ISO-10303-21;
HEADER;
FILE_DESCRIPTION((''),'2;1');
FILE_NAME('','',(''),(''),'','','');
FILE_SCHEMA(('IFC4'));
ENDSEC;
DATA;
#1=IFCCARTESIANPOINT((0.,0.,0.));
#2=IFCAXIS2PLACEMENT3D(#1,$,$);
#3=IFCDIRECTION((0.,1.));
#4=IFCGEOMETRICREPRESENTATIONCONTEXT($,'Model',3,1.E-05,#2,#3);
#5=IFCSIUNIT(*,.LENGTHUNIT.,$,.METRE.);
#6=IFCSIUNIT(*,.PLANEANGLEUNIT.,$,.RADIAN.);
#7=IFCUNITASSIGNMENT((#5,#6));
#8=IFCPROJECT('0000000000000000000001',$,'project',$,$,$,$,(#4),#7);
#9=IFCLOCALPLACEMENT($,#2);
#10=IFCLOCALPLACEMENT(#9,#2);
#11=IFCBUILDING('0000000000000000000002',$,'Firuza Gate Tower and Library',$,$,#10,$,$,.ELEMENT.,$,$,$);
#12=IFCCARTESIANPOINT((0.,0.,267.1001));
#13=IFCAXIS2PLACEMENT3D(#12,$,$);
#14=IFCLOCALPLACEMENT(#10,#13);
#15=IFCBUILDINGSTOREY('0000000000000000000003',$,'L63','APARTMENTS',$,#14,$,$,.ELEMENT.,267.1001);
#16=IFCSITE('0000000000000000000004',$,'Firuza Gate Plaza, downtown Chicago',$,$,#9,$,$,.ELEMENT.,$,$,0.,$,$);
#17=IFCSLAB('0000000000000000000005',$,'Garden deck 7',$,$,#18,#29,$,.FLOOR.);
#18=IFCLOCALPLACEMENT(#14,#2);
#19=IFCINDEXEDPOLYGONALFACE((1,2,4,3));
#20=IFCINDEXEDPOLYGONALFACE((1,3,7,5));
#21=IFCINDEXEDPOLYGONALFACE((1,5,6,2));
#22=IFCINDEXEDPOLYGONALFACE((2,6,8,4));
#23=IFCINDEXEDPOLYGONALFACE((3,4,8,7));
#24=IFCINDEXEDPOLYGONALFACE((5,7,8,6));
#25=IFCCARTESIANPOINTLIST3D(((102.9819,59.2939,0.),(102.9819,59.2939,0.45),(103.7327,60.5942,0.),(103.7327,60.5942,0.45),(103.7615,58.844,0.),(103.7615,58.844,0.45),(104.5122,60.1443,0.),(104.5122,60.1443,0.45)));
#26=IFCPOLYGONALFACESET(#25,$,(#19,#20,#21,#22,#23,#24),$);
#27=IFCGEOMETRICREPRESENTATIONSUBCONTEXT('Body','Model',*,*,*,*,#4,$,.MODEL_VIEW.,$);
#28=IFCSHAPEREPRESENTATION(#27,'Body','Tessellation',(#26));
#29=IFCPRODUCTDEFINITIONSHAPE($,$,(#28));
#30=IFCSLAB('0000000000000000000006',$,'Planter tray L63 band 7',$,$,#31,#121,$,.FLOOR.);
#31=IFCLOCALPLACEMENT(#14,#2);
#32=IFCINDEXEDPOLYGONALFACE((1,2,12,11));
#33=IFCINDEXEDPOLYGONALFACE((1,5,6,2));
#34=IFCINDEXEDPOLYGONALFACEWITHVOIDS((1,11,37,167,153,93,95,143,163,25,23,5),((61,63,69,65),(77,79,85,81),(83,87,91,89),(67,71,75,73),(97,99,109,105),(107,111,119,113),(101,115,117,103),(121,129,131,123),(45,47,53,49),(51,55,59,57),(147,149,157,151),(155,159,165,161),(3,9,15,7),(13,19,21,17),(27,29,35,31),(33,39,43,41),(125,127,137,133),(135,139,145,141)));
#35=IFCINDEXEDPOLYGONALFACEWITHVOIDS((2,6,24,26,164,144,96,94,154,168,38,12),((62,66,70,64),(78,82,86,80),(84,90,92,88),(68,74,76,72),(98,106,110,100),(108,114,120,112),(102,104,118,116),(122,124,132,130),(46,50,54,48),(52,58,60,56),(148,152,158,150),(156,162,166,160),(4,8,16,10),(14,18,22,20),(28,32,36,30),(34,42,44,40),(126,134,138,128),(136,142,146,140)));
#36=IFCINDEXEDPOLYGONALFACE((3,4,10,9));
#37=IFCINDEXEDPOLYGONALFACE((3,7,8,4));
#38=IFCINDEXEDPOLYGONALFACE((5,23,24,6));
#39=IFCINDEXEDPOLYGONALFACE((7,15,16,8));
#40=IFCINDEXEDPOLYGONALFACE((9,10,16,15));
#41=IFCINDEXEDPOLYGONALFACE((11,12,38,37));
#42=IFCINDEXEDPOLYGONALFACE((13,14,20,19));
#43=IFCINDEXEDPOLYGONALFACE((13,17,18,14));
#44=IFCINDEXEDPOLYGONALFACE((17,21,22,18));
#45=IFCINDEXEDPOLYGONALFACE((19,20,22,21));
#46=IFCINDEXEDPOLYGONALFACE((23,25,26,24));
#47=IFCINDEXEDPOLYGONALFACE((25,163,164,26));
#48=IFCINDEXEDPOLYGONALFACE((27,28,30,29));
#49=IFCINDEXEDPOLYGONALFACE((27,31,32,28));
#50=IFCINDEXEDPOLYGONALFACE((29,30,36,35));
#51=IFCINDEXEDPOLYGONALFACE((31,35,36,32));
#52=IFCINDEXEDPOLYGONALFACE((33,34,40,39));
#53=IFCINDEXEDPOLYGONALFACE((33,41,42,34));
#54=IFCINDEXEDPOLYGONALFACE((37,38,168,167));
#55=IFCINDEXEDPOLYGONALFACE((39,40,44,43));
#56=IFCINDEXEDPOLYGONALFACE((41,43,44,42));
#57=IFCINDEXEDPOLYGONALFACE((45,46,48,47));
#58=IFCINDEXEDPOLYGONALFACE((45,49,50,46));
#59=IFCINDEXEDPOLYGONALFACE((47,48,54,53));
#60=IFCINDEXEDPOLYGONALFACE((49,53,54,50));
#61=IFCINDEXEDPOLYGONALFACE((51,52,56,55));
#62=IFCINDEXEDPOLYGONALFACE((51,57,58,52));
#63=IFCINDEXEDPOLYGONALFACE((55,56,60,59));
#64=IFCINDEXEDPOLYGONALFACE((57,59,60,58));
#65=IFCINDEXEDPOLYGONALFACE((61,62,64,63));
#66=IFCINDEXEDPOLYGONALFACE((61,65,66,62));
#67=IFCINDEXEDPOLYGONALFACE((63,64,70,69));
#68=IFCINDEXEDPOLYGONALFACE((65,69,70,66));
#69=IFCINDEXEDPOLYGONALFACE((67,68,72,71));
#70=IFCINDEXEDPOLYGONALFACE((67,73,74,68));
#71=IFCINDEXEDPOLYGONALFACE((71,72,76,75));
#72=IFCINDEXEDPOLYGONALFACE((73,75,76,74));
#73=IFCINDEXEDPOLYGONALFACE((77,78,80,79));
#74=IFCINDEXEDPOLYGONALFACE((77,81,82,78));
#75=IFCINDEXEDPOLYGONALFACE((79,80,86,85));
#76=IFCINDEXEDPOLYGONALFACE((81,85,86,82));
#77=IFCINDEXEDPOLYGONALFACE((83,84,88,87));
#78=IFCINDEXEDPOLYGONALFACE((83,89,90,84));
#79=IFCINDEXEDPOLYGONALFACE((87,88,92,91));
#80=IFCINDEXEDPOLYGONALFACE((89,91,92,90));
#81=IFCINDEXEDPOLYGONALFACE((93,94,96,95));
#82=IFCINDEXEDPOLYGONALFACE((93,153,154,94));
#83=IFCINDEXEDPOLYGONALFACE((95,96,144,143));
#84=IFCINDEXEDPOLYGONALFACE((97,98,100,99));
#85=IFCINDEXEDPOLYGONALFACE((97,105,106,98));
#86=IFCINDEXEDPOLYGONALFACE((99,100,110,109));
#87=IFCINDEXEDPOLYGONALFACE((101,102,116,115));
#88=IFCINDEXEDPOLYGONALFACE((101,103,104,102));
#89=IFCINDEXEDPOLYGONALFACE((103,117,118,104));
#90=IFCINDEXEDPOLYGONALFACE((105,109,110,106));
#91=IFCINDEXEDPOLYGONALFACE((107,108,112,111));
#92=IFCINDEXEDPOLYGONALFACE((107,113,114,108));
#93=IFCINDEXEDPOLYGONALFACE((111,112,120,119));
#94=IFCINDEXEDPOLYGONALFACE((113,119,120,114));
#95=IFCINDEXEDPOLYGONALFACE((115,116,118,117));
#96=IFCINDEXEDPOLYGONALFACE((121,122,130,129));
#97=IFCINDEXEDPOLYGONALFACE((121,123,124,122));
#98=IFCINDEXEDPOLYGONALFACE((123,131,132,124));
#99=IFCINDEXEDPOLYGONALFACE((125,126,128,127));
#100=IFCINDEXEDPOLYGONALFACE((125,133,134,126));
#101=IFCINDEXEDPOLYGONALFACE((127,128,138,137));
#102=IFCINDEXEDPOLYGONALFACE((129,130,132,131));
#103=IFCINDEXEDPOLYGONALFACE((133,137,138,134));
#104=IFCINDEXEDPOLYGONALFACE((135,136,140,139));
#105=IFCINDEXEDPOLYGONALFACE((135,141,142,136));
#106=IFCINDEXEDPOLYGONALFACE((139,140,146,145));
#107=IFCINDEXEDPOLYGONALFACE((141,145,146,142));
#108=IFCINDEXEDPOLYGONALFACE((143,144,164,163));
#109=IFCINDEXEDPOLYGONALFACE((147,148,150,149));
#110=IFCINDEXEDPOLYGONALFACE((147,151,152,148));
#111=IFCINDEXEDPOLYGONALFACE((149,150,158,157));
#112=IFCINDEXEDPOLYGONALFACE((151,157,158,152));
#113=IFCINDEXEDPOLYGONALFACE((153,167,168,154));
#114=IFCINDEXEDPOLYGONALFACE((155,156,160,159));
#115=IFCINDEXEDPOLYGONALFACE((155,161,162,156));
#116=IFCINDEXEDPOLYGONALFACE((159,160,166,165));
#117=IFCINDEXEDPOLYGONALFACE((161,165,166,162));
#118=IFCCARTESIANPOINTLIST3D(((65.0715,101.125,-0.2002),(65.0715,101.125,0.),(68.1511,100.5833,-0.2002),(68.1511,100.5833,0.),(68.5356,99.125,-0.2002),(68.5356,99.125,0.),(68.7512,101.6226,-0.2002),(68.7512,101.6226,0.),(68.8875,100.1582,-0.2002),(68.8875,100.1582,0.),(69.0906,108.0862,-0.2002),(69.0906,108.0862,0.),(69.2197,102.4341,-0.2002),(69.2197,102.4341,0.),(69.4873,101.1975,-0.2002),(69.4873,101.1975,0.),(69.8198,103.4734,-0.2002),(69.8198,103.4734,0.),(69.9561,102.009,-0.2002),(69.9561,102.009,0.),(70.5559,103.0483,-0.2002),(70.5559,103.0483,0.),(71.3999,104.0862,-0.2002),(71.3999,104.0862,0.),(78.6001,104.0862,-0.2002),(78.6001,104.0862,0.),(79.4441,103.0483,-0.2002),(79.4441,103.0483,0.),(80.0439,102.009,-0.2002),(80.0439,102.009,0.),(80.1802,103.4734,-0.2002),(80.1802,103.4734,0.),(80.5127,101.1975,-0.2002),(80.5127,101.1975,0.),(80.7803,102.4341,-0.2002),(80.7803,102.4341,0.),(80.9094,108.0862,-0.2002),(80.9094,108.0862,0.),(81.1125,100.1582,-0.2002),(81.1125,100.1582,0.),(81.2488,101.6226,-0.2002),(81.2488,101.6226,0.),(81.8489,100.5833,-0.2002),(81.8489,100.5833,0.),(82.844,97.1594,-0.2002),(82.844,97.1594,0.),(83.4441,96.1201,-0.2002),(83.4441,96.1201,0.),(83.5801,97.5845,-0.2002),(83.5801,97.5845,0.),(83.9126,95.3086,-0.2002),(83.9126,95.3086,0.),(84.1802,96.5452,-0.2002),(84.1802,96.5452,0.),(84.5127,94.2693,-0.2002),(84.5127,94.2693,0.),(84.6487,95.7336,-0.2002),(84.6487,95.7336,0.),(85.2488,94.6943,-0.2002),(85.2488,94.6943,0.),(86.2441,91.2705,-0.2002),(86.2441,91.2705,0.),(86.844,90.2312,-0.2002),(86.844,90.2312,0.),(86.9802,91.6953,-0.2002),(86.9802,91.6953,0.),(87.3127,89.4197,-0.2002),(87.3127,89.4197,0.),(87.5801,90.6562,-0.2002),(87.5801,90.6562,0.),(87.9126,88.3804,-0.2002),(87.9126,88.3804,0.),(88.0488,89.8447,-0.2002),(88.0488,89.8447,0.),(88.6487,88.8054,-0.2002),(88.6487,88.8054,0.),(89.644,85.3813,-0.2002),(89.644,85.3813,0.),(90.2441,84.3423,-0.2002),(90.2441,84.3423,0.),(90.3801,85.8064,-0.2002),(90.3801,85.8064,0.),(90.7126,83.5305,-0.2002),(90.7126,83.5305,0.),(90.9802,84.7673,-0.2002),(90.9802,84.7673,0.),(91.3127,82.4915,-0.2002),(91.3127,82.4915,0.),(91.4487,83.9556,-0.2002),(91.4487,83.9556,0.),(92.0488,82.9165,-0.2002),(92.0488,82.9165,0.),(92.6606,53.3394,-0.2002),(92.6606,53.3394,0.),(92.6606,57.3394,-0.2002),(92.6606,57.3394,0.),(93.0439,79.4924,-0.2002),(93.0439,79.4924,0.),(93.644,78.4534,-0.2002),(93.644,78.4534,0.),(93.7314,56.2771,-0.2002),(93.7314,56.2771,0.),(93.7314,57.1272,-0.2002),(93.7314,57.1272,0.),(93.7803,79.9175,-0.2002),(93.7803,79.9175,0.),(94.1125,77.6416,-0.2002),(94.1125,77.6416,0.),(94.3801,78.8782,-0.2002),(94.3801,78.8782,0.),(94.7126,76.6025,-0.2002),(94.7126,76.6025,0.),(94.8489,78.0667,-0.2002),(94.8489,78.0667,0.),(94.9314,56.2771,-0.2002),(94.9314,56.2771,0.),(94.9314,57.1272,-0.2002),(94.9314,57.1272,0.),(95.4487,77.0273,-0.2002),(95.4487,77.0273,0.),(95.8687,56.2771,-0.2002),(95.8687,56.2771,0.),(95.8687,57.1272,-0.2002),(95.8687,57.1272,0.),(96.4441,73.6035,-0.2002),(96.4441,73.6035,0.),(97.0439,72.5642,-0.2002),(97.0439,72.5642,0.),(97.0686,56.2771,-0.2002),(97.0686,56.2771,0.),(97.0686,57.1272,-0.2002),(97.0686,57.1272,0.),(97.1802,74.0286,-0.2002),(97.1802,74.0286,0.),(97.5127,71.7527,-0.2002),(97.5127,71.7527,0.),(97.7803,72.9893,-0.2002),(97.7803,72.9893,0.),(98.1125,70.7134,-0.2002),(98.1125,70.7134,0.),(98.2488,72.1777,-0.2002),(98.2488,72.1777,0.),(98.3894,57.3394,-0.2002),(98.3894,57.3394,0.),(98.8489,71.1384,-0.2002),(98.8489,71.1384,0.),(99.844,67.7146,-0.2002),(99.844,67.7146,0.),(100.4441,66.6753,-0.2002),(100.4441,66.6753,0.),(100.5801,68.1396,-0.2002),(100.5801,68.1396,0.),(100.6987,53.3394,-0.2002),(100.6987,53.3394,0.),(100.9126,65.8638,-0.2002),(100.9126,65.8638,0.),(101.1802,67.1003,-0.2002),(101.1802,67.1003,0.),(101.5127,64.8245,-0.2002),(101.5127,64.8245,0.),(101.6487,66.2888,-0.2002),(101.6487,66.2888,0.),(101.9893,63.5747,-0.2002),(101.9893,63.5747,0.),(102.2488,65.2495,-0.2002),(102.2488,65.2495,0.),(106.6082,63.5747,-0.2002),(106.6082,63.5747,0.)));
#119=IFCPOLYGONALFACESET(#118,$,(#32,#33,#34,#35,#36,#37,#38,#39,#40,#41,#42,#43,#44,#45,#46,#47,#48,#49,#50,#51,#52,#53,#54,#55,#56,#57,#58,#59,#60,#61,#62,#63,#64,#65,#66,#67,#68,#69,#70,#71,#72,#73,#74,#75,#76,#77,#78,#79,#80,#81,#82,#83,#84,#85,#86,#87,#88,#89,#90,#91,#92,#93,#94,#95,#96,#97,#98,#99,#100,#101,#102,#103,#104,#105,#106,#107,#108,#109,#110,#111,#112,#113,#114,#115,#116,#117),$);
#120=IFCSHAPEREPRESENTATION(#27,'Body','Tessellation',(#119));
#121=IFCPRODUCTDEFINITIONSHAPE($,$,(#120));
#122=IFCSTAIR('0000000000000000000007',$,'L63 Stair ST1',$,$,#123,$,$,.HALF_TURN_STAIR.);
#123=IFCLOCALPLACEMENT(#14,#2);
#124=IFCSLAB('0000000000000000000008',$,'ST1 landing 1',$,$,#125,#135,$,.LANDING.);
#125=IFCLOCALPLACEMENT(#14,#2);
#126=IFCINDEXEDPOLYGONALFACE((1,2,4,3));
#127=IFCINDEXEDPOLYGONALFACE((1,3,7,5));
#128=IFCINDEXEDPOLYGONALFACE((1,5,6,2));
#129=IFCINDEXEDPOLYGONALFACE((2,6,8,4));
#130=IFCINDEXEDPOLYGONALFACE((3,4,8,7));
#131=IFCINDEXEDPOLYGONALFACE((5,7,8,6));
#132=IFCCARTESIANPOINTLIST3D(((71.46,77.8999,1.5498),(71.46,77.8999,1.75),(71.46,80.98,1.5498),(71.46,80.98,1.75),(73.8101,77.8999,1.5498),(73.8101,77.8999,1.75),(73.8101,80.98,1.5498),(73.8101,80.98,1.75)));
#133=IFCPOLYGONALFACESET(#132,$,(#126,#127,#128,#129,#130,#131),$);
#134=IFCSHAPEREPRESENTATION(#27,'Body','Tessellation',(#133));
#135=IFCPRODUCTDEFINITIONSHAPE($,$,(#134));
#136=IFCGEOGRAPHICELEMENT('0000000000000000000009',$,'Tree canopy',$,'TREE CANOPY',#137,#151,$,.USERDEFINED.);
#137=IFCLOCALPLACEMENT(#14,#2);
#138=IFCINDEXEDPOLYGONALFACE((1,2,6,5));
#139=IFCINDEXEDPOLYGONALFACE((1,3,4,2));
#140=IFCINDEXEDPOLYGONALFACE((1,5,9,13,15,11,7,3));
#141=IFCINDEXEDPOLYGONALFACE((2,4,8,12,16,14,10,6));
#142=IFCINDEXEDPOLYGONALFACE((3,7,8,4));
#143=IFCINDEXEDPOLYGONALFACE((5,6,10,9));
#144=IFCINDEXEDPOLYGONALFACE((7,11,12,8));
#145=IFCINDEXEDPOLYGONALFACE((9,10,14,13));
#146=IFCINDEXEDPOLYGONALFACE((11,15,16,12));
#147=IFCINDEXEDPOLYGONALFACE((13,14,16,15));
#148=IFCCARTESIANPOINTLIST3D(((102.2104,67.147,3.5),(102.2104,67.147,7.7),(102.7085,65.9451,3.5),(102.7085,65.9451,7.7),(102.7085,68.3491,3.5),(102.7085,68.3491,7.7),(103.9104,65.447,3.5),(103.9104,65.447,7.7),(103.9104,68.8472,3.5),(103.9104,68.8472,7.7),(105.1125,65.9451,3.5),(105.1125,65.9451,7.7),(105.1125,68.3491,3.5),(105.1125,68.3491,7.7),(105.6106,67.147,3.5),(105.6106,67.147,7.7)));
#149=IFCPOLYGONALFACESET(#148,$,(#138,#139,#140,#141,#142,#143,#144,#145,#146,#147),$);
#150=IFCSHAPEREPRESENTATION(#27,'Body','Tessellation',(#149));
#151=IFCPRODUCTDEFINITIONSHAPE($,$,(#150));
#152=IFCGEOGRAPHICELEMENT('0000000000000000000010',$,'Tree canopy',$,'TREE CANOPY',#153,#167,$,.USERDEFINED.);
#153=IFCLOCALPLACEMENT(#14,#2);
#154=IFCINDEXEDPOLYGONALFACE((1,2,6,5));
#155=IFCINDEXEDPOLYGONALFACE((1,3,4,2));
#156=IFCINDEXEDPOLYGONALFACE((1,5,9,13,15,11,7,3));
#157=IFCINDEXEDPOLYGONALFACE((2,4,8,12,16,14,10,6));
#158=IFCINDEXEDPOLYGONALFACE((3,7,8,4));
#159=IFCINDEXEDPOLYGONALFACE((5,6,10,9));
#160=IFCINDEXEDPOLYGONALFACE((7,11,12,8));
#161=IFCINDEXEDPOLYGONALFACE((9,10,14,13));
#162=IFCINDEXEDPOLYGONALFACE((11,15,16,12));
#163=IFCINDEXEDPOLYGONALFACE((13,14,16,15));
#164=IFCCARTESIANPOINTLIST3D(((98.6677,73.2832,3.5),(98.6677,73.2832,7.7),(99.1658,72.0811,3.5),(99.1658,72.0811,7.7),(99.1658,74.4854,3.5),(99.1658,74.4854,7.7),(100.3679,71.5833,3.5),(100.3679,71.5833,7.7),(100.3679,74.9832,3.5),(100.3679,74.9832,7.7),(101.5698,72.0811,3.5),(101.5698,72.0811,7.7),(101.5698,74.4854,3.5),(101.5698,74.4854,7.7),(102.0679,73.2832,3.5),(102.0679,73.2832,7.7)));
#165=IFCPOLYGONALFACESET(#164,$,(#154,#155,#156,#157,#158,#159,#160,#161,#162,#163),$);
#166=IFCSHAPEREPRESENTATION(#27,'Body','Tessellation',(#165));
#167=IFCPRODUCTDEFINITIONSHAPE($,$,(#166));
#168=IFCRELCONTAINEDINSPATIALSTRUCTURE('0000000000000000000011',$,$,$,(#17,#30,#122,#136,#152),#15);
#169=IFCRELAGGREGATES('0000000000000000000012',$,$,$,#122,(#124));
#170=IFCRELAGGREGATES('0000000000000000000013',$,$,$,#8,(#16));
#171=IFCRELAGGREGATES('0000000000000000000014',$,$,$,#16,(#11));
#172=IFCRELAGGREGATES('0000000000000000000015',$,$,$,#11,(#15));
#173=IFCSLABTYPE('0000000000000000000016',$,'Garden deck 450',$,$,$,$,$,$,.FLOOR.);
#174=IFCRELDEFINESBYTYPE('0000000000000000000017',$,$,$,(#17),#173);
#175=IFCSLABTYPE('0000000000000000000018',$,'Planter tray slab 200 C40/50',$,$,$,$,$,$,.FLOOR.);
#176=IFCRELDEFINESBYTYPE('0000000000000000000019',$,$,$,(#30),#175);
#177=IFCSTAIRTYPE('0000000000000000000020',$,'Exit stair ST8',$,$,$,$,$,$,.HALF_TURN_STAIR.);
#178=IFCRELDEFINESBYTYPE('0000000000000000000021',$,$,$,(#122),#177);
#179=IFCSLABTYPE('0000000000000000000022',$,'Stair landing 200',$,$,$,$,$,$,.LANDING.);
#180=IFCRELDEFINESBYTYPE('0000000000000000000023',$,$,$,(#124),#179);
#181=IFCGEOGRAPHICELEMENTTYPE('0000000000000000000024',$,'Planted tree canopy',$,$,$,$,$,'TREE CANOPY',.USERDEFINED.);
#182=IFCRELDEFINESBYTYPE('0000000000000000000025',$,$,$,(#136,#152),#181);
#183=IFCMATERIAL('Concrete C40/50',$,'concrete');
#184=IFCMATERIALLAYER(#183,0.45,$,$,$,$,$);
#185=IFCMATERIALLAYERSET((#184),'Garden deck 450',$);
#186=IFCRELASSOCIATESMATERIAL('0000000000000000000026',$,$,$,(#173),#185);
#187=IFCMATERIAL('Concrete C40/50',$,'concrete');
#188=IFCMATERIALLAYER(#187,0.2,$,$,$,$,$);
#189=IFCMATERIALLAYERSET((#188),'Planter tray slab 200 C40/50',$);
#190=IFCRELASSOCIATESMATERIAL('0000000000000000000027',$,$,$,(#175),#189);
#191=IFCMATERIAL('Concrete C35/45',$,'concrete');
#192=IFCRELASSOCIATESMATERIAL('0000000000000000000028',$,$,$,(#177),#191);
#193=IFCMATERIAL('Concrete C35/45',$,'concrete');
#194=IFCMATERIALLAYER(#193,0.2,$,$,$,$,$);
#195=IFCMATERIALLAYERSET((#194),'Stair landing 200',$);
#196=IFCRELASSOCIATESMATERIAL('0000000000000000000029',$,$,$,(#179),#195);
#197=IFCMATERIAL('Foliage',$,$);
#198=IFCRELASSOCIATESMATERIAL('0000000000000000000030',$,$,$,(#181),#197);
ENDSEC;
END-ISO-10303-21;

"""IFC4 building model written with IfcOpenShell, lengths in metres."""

from ifc_helpers import new_model, si_unit, direction, frame, origin, place, context, subcontext, project, spatial, polyline, outline, extrude, material, layer, layer_set, type_object, element, aggregate, save


model = new_model("IFC4")

# Units and contexts
model_context = context("Model", 3, precision=1e-05, world=origin(), true_north=direction((0.0, 1.0)))
body_context = subcontext(model_context, "Body", "Model", "MODEL_VIEW")
ifc_project = project(units=[si_unit("LENGTHUNIT", "METRE"), si_unit("PLANEANGLEUNIT", "RADIAN")], contexts=[model_context])

# Site, building, storey
site_placement = place(None, origin())
site = spatial("IfcSite", under=ifc_project, at=site_placement, Name="Firuza Gate Plaza, downtown Chicago", CompositionType="ELEMENT", RefElevation=0.0)
building_placement = place(site_placement, origin())
building = spatial("IfcBuilding", under=site, at=building_placement, Name="Firuza Gate Tower and Library", CompositionType="ELEMENT")
storey_placement = place(building_placement, frame((0.0, 0.0, 267.1001)))
storey = spatial("IfcBuildingStorey", under=building, at=storey_placement, Name="L63", Description="APARTMENTS", CompositionType="ELEMENT", Elevation=267.1001)

# Shared definitions
placement_1 = place(storey_placement, frame((0.0, 0.0, 3.5)))

# Slabs
placement_2 = place(storey_placement, frame((0.0, 0.0, -0.2002)))
ifc_material_1 = material(Name="Concrete C40/50", Category="concrete")
ifc_layer_1 = layer(ifc_material_1, 0.45)
ifc_layer_set_1 = layer_set([ifc_layer_1], Name="Garden deck 450")
slab_type_1 = type_object("IfcSlabType", Name="Garden deck 450", PredefinedType="FLOOR", material=ifc_layer_set_1)
placement_3 = place(storey_placement, origin())
element("IfcSlab", 1, at=placement_3, inside=storey, type_object=slab_type_1, Name="Garden deck 7", PredefinedType="FLOOR", context=body_context, shape_type="SweptSolid", body=[
    extrude(outline(polyline([(103.7615, 58.844), (104.5122, 60.1443), (103.7327, 60.5942), (102.9819, 59.2939), (103.7615, 58.844)])), origin(), (0.0, 0.0, 1.0), 0.45),
])
ifc_material_2 = material(Name="Concrete C40/50", Category="concrete")
ifc_layer_2 = layer(ifc_material_2, 0.2)
ifc_layer_set_2 = layer_set([ifc_layer_2], Name="Planter tray slab 200 C40/50")
slab_type_2 = type_object("IfcSlabType", Name="Planter tray slab 200 C40/50", PredefinedType="FLOOR", material=ifc_layer_set_2)
element("IfcSlab", 2, at=placement_2, inside=storey, type_object=slab_type_2, Name="Planter tray L63 band 7", PredefinedType="FLOOR", context=body_context, shape_type="SweptSolid", body=[
    extrude(outline(polyline([(92.6606, 57.3394), (92.6606, 53.3394), (100.6987, 53.3394), (106.6082, 63.5747), (80.9094, 108.0862), (69.0906, 108.0862), (65.0715, 101.125), (68.5356, 99.125), (71.3999, 104.0862), (78.6001, 104.0862), (101.9893, 63.5747), (98.3894, 57.3394), (92.6606, 57.3394)]), holes=[polyline([(85.2488, 94.6943), (84.5127, 94.2693), (83.9126, 95.3086), (84.6487, 95.7336), (85.2488, 94.6943)]), polyline([(84.1802, 96.5452), (83.4441, 96.1201), (82.844, 97.1594), (83.5801, 97.5845), (84.1802, 96.5452)]), polyline([(69.4873, 101.1975), (68.8875, 100.1582), (68.1511, 100.5833), (68.7512, 101.6226), (69.4873, 101.1975)]), polyline([(81.1125, 100.1582), (80.5127, 101.1975), (81.2488, 101.6226), (81.8489, 100.5833), (81.1125, 100.1582)]), polyline([(69.8198, 103.4734), (70.5559, 103.0483), (69.9561, 102.009), (69.2197, 102.4341), (69.8198, 103.4734)]), polyline([(80.7803, 102.4341), (80.0439, 102.009), (79.4441, 103.0483), (80.1802, 103.4734), (80.7803, 102.4341)]), polyline([(93.7314, 57.1272), (94.9314, 57.1272), (94.9314, 56.2771), (93.7314, 56.2771), (93.7314, 57.1272)]), polyline([(95.8687, 56.2771), (95.8687, 57.1272), (97.0686, 57.1272), (97.0686, 56.2771), (95.8687, 56.2771)]), polyline([(102.2488, 65.2495), (101.5127, 64.8245), (100.9126, 65.8638), (101.6487, 66.2888), (102.2488, 65.2495)]), polyline([(101.1802, 67.1003), (100.4441, 66.6753), (99.844, 67.7146), (100.5801, 68.1396), (101.1802, 67.1003)]), polyline([(98.1125, 70.7134), (97.5127, 71.7527), (98.2488, 72.1777), (98.8489, 71.1384), (98.1125, 70.7134)]), polyline([(97.0439, 72.5642), (96.4441, 73.6035), (97.1802, 74.0286), (97.7803, 72.9893), (97.0439, 72.5642)]), polyline([(95.4487, 77.0273), (94.7126, 76.6025), (94.1125, 77.6416), (94.8489, 78.0667), (95.4487, 77.0273)]), polyline([(93.644, 78.4534), (93.0439, 79.4924), (93.7803, 79.9175), (94.3801, 78.8782), (93.644, 78.4534)]), polyline([(91.3127, 82.4915), (90.7126, 83.5305), (91.4487, 83.9556), (92.0488, 82.9165), (91.3127, 82.4915)]), polyline([(90.9802, 84.7673), (90.2441, 84.3423), (89.644, 85.3813), (90.3801, 85.8064), (90.9802, 84.7673)]), polyline([(87.9126, 88.3804), (87.3127, 89.4197), (88.0488, 89.8447), (88.6487, 88.8054), (87.9126, 88.3804)]), polyline([(86.844, 90.2312), (86.2441, 91.2705), (86.9802, 91.6953), (87.5801, 90.6562), (86.844, 90.2312)])]), origin(), (0.0, 0.0, 1.0), 0.2002),
])

# Stair, slab
ifc_material_3 = material(Name="Concrete C35/45", Category="concrete")
stair_type = type_object("IfcStairType", Name="Exit stair ST8", PredefinedType="HALF_TURN_STAIR", material=ifc_material_3)
stair = element("IfcStair", 3, at=placement_3, inside=storey, type_object=stair_type, Name="L63 Stair ST1", PredefinedType="HALF_TURN_STAIR")
ifc_material_4 = material(Name="Concrete C35/45", Category="concrete")
ifc_layer_3 = layer(ifc_material_4, 0.2)
ifc_layer_set_3 = layer_set([ifc_layer_3], Name="Stair landing 200")
slab_type_3 = type_object("IfcSlabType", Name="Stair landing 200", PredefinedType="LANDING", material=ifc_layer_set_3)
slab_1_placement = place(storey_placement, frame((0.0, 0.0, 1.5498)))
slab_1 = element("IfcSlab", 4, at=slab_1_placement, type_object=slab_type_3, Name="ST1 landing 1", PredefinedType="LANDING", context=body_context, shape_type="SweptSolid", body=[
    extrude(outline(polyline([(71.46, 77.8999), (73.8101, 77.8999), (73.8101, 80.98), (71.46, 80.98), (71.46, 77.8999)])), origin(), (0.0, 0.0, 1.0), 0.2002),
])
aggregate(stair, [slab_1])

# Geographic elements
ifc_material_5 = material(Name="Foliage")
geographic_element_type = type_object("IfcGeographicElementType", Name="Planted tree canopy", ElementType="TREE CANOPY", PredefinedType="USERDEFINED", material=ifc_material_5)
element("IfcGeographicElement", 5, at=placement_1, inside=storey, type_object=geographic_element_type, Name="Tree canopy", ObjectType="TREE CANOPY", PredefinedType="USERDEFINED", context=body_context, shape_type="SweptSolid", body=[
    extrude(outline(polyline([(105.6106, 67.147), (105.1125, 68.3491), (103.9104, 68.8472), (102.7085, 68.3491), (102.2104, 67.147), (102.7085, 65.9451), (103.9104, 65.447), (105.1125, 65.9451), (105.6106, 67.147)])), origin(), (0.0, 0.0, 1.0), 4.2),
])
element("IfcGeographicElement", 6, at=placement_1, inside=storey, type_object=geographic_element_type, Name="Tree canopy", ObjectType="TREE CANOPY", PredefinedType="USERDEFINED", context=body_context, shape_type="SweptSolid", body=[
    extrude(outline(polyline([(102.0679, 73.2832), (101.5698, 74.4854), (100.3679, 74.9832), (99.1658, 74.4854), (98.6677, 73.2832), (99.1658, 72.0811), (100.3679, 71.5833), (101.5698, 72.0811), (102.0679, 73.2832)])), origin(), (0.0, 0.0, 1.0), 4.2),
])

save(model, "model.ifc")
